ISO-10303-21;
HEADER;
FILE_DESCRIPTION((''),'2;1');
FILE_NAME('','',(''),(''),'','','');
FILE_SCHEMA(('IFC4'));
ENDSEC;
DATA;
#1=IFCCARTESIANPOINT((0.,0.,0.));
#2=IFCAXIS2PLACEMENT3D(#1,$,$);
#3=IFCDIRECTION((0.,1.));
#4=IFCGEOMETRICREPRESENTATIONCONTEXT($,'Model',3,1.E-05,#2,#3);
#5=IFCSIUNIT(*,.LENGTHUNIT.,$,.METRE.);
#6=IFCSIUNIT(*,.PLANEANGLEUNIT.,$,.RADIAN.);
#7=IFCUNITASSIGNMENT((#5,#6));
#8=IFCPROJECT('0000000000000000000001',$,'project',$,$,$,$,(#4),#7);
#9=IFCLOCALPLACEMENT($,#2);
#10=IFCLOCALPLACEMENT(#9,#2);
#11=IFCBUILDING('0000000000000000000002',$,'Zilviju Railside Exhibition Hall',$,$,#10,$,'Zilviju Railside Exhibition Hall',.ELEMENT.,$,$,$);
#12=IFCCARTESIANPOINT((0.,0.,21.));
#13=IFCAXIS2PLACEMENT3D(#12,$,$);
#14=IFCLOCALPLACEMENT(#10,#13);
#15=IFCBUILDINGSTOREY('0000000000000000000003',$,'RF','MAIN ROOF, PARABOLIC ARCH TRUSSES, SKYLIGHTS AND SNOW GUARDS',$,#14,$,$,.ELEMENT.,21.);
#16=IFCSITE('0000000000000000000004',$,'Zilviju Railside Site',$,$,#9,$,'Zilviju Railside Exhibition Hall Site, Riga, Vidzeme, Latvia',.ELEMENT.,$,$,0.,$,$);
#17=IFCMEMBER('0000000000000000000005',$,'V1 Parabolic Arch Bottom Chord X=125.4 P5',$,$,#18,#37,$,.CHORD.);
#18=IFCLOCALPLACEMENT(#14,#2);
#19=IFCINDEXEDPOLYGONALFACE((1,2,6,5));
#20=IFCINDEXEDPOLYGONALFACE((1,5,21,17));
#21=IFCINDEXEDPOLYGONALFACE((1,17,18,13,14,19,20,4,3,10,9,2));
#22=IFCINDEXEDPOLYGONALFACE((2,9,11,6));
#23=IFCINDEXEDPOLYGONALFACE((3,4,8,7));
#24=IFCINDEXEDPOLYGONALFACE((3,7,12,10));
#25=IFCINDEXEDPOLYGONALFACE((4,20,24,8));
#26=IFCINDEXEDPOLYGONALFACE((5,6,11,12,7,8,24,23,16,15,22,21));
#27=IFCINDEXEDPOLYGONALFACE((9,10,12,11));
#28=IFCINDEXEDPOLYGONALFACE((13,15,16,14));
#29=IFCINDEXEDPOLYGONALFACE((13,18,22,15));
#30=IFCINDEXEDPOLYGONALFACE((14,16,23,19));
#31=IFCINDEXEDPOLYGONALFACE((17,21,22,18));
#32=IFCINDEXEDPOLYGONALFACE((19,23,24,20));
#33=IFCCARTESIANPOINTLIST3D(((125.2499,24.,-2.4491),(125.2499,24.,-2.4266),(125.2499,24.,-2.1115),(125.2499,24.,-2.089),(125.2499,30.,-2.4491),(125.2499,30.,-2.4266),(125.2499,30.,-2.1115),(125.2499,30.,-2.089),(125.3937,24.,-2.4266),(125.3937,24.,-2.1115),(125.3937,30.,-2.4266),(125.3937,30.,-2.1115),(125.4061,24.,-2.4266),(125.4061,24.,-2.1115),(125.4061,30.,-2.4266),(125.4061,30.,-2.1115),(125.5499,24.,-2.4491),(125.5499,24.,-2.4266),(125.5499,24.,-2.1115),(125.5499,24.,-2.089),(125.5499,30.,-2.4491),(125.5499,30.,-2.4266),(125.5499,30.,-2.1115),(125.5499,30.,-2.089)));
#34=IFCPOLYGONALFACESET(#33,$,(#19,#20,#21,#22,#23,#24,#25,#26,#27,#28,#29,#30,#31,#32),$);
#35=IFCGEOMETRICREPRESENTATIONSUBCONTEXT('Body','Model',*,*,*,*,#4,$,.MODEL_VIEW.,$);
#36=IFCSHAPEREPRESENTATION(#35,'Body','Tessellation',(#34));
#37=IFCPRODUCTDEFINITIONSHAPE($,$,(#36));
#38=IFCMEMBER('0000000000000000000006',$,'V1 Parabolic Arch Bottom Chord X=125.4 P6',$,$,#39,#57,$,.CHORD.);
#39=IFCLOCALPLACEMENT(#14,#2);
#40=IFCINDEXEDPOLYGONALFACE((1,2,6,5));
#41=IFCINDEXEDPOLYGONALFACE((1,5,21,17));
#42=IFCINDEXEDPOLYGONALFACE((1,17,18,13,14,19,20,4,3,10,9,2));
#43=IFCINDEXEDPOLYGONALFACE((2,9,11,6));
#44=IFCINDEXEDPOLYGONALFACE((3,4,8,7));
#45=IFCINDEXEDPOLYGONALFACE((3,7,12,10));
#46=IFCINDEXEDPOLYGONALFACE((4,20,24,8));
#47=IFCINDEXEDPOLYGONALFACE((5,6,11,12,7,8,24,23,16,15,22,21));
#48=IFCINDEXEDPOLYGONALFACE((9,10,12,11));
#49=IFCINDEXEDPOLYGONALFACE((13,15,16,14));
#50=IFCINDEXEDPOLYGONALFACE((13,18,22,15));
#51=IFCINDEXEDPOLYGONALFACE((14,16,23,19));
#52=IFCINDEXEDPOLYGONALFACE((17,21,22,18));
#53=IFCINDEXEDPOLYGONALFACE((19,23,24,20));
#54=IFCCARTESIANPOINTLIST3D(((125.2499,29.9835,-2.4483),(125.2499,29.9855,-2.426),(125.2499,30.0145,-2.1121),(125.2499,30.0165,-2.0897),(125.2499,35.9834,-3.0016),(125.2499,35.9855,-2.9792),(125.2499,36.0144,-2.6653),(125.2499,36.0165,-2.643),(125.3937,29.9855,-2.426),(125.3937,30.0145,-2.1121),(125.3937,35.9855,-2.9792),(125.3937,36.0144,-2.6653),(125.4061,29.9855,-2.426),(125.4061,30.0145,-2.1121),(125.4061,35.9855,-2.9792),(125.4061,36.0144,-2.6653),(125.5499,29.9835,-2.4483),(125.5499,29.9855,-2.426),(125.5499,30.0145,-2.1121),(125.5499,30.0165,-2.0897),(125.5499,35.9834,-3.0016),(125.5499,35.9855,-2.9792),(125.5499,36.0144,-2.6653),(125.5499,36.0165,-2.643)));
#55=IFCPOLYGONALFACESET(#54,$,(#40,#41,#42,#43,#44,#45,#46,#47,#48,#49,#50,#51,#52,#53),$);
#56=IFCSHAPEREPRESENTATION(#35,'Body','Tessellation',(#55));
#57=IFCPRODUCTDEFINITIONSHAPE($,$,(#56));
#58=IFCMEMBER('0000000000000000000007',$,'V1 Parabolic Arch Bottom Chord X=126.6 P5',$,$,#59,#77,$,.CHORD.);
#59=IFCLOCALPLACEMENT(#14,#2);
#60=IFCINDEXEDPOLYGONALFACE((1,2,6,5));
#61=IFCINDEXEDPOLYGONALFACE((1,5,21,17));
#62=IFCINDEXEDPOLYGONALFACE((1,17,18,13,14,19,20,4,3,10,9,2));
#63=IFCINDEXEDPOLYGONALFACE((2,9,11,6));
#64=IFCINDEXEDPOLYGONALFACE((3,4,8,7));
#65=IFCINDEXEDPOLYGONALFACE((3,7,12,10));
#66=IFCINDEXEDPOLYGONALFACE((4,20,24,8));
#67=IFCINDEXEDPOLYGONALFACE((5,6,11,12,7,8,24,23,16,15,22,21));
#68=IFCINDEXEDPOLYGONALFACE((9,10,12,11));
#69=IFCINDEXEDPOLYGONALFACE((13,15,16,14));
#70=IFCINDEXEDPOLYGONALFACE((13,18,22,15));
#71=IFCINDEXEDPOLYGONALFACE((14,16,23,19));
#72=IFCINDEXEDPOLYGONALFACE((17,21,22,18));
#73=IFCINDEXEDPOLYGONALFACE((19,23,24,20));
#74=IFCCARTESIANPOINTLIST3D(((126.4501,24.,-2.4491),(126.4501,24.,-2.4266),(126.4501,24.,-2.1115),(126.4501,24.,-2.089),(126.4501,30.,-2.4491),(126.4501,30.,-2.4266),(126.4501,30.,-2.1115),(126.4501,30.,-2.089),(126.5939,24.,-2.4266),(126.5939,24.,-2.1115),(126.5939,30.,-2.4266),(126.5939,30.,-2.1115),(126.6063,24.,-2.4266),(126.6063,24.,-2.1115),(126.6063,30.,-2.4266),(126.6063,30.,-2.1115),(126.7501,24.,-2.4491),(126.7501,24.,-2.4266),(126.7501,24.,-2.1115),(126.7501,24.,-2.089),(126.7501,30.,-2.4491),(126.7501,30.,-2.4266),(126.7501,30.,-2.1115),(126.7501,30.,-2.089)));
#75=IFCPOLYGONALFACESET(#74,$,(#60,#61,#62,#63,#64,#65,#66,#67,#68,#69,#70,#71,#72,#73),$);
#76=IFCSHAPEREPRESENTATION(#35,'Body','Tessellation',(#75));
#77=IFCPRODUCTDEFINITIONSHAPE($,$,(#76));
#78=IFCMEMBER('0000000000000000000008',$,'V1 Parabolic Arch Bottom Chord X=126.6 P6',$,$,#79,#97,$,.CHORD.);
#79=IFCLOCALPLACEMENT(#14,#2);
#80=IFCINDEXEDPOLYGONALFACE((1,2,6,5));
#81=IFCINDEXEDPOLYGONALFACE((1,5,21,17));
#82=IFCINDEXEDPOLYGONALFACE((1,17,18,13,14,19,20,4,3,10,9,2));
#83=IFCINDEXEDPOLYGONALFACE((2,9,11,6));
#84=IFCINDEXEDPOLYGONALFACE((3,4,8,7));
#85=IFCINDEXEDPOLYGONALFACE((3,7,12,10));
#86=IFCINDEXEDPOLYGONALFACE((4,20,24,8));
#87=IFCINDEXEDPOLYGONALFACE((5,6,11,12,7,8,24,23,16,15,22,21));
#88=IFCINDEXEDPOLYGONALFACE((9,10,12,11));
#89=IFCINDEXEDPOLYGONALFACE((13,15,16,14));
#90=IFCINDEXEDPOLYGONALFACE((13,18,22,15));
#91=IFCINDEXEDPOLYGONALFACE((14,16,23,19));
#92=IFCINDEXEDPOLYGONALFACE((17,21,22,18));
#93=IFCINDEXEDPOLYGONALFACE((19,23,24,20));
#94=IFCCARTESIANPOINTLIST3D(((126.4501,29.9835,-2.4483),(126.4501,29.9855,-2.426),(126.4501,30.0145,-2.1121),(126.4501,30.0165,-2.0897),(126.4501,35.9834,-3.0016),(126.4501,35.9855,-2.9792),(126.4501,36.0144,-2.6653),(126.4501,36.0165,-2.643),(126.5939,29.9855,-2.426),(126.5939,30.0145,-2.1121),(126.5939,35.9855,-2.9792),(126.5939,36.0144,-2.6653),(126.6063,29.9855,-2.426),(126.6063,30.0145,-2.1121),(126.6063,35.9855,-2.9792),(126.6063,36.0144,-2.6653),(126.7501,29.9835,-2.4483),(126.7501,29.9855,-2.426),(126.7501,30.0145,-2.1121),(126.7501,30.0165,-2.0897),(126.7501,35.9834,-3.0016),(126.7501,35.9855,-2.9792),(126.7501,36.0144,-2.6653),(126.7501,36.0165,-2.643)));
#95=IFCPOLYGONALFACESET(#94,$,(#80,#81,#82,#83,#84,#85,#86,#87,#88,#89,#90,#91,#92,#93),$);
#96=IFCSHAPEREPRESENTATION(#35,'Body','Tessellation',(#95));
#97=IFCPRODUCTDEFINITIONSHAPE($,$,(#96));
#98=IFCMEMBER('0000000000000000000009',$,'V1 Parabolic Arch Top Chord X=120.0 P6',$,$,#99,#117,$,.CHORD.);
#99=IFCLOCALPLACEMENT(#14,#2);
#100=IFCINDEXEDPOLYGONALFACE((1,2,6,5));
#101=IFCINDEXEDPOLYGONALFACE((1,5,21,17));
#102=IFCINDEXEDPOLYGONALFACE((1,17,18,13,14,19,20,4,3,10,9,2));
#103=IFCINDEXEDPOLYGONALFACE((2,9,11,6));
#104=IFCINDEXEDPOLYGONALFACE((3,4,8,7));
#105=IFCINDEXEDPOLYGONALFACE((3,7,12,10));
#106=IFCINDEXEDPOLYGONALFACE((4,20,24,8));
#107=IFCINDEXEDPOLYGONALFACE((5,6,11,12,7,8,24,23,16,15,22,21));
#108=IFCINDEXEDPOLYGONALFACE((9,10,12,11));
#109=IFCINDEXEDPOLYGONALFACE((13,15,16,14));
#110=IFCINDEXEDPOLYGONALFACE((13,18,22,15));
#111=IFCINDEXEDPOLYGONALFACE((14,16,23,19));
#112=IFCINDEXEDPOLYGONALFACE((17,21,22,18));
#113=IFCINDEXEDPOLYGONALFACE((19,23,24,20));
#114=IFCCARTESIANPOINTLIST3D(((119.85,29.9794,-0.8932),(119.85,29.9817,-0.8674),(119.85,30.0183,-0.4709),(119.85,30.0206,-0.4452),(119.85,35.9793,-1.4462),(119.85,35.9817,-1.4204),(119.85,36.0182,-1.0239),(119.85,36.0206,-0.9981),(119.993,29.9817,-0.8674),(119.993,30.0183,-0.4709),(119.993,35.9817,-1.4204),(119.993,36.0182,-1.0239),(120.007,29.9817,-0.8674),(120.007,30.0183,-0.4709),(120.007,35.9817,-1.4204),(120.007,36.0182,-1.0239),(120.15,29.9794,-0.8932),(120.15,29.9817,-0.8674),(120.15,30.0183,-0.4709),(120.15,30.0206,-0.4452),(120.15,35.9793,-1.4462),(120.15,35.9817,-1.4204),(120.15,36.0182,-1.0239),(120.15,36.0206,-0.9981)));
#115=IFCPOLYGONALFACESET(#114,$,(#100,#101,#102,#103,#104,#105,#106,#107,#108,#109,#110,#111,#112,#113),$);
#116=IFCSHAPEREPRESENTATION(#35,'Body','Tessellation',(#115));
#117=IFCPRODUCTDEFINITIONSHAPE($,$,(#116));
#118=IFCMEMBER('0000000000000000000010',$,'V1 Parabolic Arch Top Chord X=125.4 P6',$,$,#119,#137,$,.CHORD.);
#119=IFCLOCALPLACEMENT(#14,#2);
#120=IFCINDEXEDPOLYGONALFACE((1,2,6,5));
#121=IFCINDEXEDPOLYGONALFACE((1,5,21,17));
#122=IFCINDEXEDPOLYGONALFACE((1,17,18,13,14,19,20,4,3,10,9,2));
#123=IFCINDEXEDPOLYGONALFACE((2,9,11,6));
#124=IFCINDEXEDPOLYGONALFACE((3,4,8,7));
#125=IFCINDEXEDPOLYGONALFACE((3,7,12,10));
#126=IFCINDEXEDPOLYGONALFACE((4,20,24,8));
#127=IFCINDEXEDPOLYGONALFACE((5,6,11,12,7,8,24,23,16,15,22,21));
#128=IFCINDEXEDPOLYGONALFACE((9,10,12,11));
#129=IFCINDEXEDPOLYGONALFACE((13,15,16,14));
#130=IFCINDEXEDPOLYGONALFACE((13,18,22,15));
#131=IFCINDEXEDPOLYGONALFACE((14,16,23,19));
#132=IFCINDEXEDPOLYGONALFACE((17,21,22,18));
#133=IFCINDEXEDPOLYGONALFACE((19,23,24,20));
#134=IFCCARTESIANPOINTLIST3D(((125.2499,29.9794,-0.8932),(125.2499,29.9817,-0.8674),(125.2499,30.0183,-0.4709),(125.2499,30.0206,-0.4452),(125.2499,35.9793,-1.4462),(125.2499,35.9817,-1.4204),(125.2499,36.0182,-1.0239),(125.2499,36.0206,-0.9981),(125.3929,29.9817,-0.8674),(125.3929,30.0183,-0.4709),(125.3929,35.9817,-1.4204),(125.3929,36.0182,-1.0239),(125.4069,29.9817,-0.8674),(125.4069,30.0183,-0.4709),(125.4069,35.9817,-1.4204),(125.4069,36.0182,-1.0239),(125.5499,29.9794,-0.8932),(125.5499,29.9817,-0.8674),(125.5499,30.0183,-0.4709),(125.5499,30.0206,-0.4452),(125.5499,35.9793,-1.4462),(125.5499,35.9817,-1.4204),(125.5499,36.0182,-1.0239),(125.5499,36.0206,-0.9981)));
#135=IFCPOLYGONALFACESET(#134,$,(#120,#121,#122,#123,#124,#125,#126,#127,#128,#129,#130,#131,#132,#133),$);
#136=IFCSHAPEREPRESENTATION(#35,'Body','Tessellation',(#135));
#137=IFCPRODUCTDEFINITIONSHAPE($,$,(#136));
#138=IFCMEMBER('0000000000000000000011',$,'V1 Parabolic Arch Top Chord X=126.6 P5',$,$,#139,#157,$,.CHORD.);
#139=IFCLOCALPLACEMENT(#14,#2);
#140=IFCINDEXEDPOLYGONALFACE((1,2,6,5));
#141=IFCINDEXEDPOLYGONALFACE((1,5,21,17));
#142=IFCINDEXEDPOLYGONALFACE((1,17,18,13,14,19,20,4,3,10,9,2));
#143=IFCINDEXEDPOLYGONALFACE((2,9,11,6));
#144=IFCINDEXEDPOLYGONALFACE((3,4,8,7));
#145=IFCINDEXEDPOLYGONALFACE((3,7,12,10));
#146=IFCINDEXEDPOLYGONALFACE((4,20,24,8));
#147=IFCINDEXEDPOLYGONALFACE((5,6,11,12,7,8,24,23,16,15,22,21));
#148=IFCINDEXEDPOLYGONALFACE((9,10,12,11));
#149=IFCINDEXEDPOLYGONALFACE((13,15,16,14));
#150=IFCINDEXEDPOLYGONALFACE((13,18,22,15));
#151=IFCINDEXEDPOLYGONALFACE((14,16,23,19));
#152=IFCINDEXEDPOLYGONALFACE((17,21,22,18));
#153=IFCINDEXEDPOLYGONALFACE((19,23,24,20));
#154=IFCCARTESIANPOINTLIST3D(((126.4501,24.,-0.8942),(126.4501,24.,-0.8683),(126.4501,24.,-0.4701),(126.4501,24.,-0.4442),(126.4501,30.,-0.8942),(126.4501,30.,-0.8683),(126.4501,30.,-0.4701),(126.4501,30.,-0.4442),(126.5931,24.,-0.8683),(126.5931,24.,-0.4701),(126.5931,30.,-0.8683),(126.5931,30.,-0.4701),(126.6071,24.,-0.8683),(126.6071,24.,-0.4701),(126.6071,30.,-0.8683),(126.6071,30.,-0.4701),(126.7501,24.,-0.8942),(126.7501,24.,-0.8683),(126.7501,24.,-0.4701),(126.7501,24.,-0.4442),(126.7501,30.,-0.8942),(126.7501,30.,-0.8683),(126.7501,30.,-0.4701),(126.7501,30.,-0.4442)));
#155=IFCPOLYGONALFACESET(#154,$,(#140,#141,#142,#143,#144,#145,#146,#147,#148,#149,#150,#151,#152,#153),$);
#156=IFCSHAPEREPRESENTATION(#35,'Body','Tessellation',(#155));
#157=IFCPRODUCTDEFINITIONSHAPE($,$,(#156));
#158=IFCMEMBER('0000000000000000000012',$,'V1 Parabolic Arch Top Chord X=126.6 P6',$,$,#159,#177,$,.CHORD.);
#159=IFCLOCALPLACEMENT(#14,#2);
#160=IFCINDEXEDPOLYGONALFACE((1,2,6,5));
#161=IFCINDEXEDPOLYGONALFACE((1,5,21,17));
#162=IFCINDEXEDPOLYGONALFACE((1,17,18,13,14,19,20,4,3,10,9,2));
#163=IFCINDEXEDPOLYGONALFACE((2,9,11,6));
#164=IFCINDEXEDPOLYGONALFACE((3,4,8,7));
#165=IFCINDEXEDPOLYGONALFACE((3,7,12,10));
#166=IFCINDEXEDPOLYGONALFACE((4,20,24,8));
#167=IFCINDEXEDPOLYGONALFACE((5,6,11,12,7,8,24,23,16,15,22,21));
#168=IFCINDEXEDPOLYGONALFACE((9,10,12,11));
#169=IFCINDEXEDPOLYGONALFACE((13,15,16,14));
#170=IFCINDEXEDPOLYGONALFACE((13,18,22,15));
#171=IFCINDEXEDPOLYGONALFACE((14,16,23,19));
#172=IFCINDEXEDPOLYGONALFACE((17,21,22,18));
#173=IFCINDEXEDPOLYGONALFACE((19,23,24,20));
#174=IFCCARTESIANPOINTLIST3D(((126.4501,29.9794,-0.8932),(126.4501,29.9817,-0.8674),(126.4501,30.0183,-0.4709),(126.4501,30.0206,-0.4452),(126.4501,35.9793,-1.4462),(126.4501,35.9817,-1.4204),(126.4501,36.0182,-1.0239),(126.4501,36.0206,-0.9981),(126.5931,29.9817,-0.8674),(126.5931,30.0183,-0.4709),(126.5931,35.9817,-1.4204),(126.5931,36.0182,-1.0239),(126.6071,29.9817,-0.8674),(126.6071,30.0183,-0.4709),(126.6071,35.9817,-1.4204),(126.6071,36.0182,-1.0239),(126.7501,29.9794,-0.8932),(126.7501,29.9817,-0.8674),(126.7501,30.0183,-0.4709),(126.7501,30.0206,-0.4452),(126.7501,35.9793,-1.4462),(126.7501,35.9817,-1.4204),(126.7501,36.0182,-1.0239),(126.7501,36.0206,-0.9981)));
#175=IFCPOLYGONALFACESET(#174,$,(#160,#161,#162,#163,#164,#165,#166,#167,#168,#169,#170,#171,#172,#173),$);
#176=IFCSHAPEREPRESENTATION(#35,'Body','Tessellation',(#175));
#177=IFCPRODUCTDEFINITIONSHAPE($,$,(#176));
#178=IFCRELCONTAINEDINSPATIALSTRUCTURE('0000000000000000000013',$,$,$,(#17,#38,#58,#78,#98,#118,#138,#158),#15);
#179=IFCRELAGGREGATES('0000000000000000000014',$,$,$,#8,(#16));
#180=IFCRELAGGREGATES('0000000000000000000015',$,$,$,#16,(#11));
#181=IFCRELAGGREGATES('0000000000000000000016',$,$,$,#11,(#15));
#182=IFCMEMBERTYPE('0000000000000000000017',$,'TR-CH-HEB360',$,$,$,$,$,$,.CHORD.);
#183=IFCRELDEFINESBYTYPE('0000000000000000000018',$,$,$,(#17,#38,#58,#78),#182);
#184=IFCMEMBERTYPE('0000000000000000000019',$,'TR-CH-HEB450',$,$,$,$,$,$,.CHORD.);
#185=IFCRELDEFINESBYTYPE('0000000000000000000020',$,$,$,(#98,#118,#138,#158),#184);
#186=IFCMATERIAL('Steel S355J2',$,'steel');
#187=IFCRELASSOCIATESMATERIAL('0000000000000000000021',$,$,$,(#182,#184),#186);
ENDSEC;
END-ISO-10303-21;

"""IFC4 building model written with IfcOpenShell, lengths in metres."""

from ifc_helpers import new_model, si_unit, direction, frame, origin, origin_2d, place, context, subcontext, project, spatial, i_section, extrude, material, material_profile, profile_set, type_object, element, save


model = new_model("IFC4")

# Units and contexts
model_context = context("Model", 3, precision=1e-05, world=origin(), true_north=direction((0.0, 1.0)))
body_context = subcontext(model_context, "Body", "Model", "MODEL_VIEW")
ifc_project = project(units=[si_unit("LENGTHUNIT", "METRE"), si_unit("PLANEANGLEUNIT", "RADIAN")], contexts=[model_context])

# Site, building, storey
site_placement = place(None, origin())
site = spatial("IfcSite", under=ifc_project, at=site_placement, Name="Zilviju Railside Site", LongName="Zilviju Railside Exhibition Hall Site, Riga, Vidzeme, Latvia", CompositionType="ELEMENT", RefElevation=0.0)
building_placement = place(site_placement, origin())
building = spatial("IfcBuilding", under=site, at=building_placement, Name="Zilviju Railside Exhibition Hall", LongName="Zilviju Railside Exhibition Hall", CompositionType="ELEMENT")
storey_placement = place(building_placement, frame((0.0, 0.0, 21.0)))
storey = spatial("IfcBuildingStorey", under=building, at=storey_placement, Name="RF", Description="MAIN ROOF, PARABOLIC ARCH TRUSSES, SKYLIGHTS AND SNOW GUARDS", CompositionType="ELEMENT", Elevation=21.0)

# Members
ifc_material_1 = material(Name="Steel S355J2", Category="steel")
ifc_material_profile_1 = material_profile(ifc_material_1, i_section(OverallWidth=0.3, OverallDepth=0.3601, WebThickness=0.0125, FlangeThickness=0.0225, at=origin_2d()), Name="HEB 360")
ifc_profile_set_1 = profile_set([ifc_material_profile_1], Name="Steel S355J2")
member_type_1 = type_object("IfcMemberType", Name="TR-CH-HEB360", PredefinedType="CHORD", material=ifc_profile_set_1)
member_1_placement = place(storey_placement, frame((125.3999, 24.0, -2.269), z_axis=(0.0, 1.0, 0.0), x_axis=(-1.0, 0.0, 0.0)))
element("IfcMember", 1, at=member_1_placement, inside=storey, type_object=member_type_1, Name="V1 Parabolic Arch Bottom Chord X=125.4 P5", PredefinedType="CHORD", context=body_context, shape_type="SweptSolid", body=[
    extrude(i_section(OverallWidth=0.3, OverallDepth=0.3601, WebThickness=0.0125, FlangeThickness=0.0225, at=origin_2d()), origin(), (0.0, 0.0, 1.0), 6.0),
])
member_2_placement = place(storey_placement, frame((125.3999, 30.0, -2.269), z_axis=(0.0, 0.995776, -0.091814), x_axis=(-1.0, 0.0, 0.0)))
element("IfcMember", 2, at=member_2_placement, inside=storey, type_object=member_type_1, Name="V1 Parabolic Arch Bottom Chord X=125.4 P6", PredefinedType="CHORD", context=body_context, shape_type="SweptSolid", body=[
    extrude(i_section(OverallWidth=0.3, OverallDepth=0.3601, WebThickness=0.0125, FlangeThickness=0.0225, at=origin_2d()), origin(), (0.0, 0.0, 1.0), 6.0254),
])
member_3_placement = place(storey_placement, frame((126.6001, 24.0, -2.269), z_axis=(0.0, 1.0, 0.0), x_axis=(-1.0, 0.0, 0.0)))
element("IfcMember", 3, at=member_3_placement, inside=storey, type_object=member_type_1, Name="V1 Parabolic Arch Bottom Chord X=126.6 P5", PredefinedType="CHORD", context=body_context, shape_type="SweptSolid", body=[
    extrude(i_section(OverallWidth=0.3, OverallDepth=0.3601, WebThickness=0.0125, FlangeThickness=0.0225, at=origin_2d()), origin(), (0.0, 0.0, 1.0), 6.0),
])
member_4_placement = place(storey_placement, frame((126.6001, 30.0, -2.269), z_axis=(0.0, 0.995776, -0.091814), x_axis=(-1.0, 0.0, 0.0)))
element("IfcMember", 4, at=member_4_placement, inside=storey, type_object=member_type_1, Name="V1 Parabolic Arch Bottom Chord X=126.6 P6", PredefinedType="CHORD", context=body_context, shape_type="SweptSolid", body=[
    extrude(i_section(OverallWidth=0.3, OverallDepth=0.3601, WebThickness=0.0125, FlangeThickness=0.0225, at=origin_2d()), origin(), (0.0, 0.0, 1.0), 6.0254),
])
ifc_material_profile_2 = material_profile(ifc_material_1, i_section(OverallWidth=0.3, OverallDepth=0.45, WebThickness=0.0139, FlangeThickness=0.0259, at=origin_2d()), Name="HEB 450")
ifc_profile_set_2 = profile_set([ifc_material_profile_2], Name="Steel S355J2")
member_type_2 = type_object("IfcMemberType", Name="TR-CH-HEB450", PredefinedType="CHORD", material=ifc_profile_set_2)
for number, where, z_axis, x_axis, name in (
    (5, (120.0, 30.0, -0.6692), (0.0, 0.99578, -0.091774), (-1.0, 0.0, 0.0), "V1 Parabolic Arch Top Chord X=120.0 P6"),
    (6, (125.3999, 30.0, -0.6692), (0.0, 0.99578, -0.091774), (-1.0, 0.0, 0.0), "V1 Parabolic Arch Top Chord X=125.4 P6"),
):
    element("IfcMember", number, at=place(storey_placement, frame(where, z_axis=z_axis, x_axis=x_axis)), inside=storey, type_object=member_type_2, Name=name, PredefinedType="CHORD", context=body_context, shape_type="SweptSolid", body=[
        extrude(i_section(OverallWidth=0.3, OverallDepth=0.45, WebThickness=0.0139, FlangeThickness=0.0259, at=origin_2d()), origin(), (0.0, 0.0, 1.0), 6.0254),
    ])
member_5_placement = place(storey_placement, frame((126.6001, 24.0, -0.6692), z_axis=(0.0, 1.0, 0.0), x_axis=(-1.0, 0.0, 0.0)))
element("IfcMember", 7, at=member_5_placement, inside=storey, type_object=member_type_2, Name="V1 Parabolic Arch Top Chord X=126.6 P5", PredefinedType="CHORD", context=body_context, shape_type="SweptSolid", body=[
    extrude(i_section(OverallWidth=0.3, OverallDepth=0.45, WebThickness=0.0139, FlangeThickness=0.0259, at=origin_2d()), origin(), (0.0, 0.0, 1.0), 6.0),
])
member_6_placement = place(storey_placement, frame((126.6001, 30.0, -0.6692), z_axis=(0.0, 0.99578, -0.091774), x_axis=(-1.0, 0.0, 0.0)))
element("IfcMember", 8, at=member_6_placement, inside=storey, type_object=member_type_2, Name="V1 Parabolic Arch Top Chord X=126.6 P6", PredefinedType="CHORD", context=body_context, shape_type="SweptSolid", body=[
    extrude(i_section(OverallWidth=0.3, OverallDepth=0.45, WebThickness=0.0139, FlangeThickness=0.0259, at=origin_2d()), origin(), (0.0, 0.0, 1.0), 6.0254),
])

save(model, "model.ifc")
